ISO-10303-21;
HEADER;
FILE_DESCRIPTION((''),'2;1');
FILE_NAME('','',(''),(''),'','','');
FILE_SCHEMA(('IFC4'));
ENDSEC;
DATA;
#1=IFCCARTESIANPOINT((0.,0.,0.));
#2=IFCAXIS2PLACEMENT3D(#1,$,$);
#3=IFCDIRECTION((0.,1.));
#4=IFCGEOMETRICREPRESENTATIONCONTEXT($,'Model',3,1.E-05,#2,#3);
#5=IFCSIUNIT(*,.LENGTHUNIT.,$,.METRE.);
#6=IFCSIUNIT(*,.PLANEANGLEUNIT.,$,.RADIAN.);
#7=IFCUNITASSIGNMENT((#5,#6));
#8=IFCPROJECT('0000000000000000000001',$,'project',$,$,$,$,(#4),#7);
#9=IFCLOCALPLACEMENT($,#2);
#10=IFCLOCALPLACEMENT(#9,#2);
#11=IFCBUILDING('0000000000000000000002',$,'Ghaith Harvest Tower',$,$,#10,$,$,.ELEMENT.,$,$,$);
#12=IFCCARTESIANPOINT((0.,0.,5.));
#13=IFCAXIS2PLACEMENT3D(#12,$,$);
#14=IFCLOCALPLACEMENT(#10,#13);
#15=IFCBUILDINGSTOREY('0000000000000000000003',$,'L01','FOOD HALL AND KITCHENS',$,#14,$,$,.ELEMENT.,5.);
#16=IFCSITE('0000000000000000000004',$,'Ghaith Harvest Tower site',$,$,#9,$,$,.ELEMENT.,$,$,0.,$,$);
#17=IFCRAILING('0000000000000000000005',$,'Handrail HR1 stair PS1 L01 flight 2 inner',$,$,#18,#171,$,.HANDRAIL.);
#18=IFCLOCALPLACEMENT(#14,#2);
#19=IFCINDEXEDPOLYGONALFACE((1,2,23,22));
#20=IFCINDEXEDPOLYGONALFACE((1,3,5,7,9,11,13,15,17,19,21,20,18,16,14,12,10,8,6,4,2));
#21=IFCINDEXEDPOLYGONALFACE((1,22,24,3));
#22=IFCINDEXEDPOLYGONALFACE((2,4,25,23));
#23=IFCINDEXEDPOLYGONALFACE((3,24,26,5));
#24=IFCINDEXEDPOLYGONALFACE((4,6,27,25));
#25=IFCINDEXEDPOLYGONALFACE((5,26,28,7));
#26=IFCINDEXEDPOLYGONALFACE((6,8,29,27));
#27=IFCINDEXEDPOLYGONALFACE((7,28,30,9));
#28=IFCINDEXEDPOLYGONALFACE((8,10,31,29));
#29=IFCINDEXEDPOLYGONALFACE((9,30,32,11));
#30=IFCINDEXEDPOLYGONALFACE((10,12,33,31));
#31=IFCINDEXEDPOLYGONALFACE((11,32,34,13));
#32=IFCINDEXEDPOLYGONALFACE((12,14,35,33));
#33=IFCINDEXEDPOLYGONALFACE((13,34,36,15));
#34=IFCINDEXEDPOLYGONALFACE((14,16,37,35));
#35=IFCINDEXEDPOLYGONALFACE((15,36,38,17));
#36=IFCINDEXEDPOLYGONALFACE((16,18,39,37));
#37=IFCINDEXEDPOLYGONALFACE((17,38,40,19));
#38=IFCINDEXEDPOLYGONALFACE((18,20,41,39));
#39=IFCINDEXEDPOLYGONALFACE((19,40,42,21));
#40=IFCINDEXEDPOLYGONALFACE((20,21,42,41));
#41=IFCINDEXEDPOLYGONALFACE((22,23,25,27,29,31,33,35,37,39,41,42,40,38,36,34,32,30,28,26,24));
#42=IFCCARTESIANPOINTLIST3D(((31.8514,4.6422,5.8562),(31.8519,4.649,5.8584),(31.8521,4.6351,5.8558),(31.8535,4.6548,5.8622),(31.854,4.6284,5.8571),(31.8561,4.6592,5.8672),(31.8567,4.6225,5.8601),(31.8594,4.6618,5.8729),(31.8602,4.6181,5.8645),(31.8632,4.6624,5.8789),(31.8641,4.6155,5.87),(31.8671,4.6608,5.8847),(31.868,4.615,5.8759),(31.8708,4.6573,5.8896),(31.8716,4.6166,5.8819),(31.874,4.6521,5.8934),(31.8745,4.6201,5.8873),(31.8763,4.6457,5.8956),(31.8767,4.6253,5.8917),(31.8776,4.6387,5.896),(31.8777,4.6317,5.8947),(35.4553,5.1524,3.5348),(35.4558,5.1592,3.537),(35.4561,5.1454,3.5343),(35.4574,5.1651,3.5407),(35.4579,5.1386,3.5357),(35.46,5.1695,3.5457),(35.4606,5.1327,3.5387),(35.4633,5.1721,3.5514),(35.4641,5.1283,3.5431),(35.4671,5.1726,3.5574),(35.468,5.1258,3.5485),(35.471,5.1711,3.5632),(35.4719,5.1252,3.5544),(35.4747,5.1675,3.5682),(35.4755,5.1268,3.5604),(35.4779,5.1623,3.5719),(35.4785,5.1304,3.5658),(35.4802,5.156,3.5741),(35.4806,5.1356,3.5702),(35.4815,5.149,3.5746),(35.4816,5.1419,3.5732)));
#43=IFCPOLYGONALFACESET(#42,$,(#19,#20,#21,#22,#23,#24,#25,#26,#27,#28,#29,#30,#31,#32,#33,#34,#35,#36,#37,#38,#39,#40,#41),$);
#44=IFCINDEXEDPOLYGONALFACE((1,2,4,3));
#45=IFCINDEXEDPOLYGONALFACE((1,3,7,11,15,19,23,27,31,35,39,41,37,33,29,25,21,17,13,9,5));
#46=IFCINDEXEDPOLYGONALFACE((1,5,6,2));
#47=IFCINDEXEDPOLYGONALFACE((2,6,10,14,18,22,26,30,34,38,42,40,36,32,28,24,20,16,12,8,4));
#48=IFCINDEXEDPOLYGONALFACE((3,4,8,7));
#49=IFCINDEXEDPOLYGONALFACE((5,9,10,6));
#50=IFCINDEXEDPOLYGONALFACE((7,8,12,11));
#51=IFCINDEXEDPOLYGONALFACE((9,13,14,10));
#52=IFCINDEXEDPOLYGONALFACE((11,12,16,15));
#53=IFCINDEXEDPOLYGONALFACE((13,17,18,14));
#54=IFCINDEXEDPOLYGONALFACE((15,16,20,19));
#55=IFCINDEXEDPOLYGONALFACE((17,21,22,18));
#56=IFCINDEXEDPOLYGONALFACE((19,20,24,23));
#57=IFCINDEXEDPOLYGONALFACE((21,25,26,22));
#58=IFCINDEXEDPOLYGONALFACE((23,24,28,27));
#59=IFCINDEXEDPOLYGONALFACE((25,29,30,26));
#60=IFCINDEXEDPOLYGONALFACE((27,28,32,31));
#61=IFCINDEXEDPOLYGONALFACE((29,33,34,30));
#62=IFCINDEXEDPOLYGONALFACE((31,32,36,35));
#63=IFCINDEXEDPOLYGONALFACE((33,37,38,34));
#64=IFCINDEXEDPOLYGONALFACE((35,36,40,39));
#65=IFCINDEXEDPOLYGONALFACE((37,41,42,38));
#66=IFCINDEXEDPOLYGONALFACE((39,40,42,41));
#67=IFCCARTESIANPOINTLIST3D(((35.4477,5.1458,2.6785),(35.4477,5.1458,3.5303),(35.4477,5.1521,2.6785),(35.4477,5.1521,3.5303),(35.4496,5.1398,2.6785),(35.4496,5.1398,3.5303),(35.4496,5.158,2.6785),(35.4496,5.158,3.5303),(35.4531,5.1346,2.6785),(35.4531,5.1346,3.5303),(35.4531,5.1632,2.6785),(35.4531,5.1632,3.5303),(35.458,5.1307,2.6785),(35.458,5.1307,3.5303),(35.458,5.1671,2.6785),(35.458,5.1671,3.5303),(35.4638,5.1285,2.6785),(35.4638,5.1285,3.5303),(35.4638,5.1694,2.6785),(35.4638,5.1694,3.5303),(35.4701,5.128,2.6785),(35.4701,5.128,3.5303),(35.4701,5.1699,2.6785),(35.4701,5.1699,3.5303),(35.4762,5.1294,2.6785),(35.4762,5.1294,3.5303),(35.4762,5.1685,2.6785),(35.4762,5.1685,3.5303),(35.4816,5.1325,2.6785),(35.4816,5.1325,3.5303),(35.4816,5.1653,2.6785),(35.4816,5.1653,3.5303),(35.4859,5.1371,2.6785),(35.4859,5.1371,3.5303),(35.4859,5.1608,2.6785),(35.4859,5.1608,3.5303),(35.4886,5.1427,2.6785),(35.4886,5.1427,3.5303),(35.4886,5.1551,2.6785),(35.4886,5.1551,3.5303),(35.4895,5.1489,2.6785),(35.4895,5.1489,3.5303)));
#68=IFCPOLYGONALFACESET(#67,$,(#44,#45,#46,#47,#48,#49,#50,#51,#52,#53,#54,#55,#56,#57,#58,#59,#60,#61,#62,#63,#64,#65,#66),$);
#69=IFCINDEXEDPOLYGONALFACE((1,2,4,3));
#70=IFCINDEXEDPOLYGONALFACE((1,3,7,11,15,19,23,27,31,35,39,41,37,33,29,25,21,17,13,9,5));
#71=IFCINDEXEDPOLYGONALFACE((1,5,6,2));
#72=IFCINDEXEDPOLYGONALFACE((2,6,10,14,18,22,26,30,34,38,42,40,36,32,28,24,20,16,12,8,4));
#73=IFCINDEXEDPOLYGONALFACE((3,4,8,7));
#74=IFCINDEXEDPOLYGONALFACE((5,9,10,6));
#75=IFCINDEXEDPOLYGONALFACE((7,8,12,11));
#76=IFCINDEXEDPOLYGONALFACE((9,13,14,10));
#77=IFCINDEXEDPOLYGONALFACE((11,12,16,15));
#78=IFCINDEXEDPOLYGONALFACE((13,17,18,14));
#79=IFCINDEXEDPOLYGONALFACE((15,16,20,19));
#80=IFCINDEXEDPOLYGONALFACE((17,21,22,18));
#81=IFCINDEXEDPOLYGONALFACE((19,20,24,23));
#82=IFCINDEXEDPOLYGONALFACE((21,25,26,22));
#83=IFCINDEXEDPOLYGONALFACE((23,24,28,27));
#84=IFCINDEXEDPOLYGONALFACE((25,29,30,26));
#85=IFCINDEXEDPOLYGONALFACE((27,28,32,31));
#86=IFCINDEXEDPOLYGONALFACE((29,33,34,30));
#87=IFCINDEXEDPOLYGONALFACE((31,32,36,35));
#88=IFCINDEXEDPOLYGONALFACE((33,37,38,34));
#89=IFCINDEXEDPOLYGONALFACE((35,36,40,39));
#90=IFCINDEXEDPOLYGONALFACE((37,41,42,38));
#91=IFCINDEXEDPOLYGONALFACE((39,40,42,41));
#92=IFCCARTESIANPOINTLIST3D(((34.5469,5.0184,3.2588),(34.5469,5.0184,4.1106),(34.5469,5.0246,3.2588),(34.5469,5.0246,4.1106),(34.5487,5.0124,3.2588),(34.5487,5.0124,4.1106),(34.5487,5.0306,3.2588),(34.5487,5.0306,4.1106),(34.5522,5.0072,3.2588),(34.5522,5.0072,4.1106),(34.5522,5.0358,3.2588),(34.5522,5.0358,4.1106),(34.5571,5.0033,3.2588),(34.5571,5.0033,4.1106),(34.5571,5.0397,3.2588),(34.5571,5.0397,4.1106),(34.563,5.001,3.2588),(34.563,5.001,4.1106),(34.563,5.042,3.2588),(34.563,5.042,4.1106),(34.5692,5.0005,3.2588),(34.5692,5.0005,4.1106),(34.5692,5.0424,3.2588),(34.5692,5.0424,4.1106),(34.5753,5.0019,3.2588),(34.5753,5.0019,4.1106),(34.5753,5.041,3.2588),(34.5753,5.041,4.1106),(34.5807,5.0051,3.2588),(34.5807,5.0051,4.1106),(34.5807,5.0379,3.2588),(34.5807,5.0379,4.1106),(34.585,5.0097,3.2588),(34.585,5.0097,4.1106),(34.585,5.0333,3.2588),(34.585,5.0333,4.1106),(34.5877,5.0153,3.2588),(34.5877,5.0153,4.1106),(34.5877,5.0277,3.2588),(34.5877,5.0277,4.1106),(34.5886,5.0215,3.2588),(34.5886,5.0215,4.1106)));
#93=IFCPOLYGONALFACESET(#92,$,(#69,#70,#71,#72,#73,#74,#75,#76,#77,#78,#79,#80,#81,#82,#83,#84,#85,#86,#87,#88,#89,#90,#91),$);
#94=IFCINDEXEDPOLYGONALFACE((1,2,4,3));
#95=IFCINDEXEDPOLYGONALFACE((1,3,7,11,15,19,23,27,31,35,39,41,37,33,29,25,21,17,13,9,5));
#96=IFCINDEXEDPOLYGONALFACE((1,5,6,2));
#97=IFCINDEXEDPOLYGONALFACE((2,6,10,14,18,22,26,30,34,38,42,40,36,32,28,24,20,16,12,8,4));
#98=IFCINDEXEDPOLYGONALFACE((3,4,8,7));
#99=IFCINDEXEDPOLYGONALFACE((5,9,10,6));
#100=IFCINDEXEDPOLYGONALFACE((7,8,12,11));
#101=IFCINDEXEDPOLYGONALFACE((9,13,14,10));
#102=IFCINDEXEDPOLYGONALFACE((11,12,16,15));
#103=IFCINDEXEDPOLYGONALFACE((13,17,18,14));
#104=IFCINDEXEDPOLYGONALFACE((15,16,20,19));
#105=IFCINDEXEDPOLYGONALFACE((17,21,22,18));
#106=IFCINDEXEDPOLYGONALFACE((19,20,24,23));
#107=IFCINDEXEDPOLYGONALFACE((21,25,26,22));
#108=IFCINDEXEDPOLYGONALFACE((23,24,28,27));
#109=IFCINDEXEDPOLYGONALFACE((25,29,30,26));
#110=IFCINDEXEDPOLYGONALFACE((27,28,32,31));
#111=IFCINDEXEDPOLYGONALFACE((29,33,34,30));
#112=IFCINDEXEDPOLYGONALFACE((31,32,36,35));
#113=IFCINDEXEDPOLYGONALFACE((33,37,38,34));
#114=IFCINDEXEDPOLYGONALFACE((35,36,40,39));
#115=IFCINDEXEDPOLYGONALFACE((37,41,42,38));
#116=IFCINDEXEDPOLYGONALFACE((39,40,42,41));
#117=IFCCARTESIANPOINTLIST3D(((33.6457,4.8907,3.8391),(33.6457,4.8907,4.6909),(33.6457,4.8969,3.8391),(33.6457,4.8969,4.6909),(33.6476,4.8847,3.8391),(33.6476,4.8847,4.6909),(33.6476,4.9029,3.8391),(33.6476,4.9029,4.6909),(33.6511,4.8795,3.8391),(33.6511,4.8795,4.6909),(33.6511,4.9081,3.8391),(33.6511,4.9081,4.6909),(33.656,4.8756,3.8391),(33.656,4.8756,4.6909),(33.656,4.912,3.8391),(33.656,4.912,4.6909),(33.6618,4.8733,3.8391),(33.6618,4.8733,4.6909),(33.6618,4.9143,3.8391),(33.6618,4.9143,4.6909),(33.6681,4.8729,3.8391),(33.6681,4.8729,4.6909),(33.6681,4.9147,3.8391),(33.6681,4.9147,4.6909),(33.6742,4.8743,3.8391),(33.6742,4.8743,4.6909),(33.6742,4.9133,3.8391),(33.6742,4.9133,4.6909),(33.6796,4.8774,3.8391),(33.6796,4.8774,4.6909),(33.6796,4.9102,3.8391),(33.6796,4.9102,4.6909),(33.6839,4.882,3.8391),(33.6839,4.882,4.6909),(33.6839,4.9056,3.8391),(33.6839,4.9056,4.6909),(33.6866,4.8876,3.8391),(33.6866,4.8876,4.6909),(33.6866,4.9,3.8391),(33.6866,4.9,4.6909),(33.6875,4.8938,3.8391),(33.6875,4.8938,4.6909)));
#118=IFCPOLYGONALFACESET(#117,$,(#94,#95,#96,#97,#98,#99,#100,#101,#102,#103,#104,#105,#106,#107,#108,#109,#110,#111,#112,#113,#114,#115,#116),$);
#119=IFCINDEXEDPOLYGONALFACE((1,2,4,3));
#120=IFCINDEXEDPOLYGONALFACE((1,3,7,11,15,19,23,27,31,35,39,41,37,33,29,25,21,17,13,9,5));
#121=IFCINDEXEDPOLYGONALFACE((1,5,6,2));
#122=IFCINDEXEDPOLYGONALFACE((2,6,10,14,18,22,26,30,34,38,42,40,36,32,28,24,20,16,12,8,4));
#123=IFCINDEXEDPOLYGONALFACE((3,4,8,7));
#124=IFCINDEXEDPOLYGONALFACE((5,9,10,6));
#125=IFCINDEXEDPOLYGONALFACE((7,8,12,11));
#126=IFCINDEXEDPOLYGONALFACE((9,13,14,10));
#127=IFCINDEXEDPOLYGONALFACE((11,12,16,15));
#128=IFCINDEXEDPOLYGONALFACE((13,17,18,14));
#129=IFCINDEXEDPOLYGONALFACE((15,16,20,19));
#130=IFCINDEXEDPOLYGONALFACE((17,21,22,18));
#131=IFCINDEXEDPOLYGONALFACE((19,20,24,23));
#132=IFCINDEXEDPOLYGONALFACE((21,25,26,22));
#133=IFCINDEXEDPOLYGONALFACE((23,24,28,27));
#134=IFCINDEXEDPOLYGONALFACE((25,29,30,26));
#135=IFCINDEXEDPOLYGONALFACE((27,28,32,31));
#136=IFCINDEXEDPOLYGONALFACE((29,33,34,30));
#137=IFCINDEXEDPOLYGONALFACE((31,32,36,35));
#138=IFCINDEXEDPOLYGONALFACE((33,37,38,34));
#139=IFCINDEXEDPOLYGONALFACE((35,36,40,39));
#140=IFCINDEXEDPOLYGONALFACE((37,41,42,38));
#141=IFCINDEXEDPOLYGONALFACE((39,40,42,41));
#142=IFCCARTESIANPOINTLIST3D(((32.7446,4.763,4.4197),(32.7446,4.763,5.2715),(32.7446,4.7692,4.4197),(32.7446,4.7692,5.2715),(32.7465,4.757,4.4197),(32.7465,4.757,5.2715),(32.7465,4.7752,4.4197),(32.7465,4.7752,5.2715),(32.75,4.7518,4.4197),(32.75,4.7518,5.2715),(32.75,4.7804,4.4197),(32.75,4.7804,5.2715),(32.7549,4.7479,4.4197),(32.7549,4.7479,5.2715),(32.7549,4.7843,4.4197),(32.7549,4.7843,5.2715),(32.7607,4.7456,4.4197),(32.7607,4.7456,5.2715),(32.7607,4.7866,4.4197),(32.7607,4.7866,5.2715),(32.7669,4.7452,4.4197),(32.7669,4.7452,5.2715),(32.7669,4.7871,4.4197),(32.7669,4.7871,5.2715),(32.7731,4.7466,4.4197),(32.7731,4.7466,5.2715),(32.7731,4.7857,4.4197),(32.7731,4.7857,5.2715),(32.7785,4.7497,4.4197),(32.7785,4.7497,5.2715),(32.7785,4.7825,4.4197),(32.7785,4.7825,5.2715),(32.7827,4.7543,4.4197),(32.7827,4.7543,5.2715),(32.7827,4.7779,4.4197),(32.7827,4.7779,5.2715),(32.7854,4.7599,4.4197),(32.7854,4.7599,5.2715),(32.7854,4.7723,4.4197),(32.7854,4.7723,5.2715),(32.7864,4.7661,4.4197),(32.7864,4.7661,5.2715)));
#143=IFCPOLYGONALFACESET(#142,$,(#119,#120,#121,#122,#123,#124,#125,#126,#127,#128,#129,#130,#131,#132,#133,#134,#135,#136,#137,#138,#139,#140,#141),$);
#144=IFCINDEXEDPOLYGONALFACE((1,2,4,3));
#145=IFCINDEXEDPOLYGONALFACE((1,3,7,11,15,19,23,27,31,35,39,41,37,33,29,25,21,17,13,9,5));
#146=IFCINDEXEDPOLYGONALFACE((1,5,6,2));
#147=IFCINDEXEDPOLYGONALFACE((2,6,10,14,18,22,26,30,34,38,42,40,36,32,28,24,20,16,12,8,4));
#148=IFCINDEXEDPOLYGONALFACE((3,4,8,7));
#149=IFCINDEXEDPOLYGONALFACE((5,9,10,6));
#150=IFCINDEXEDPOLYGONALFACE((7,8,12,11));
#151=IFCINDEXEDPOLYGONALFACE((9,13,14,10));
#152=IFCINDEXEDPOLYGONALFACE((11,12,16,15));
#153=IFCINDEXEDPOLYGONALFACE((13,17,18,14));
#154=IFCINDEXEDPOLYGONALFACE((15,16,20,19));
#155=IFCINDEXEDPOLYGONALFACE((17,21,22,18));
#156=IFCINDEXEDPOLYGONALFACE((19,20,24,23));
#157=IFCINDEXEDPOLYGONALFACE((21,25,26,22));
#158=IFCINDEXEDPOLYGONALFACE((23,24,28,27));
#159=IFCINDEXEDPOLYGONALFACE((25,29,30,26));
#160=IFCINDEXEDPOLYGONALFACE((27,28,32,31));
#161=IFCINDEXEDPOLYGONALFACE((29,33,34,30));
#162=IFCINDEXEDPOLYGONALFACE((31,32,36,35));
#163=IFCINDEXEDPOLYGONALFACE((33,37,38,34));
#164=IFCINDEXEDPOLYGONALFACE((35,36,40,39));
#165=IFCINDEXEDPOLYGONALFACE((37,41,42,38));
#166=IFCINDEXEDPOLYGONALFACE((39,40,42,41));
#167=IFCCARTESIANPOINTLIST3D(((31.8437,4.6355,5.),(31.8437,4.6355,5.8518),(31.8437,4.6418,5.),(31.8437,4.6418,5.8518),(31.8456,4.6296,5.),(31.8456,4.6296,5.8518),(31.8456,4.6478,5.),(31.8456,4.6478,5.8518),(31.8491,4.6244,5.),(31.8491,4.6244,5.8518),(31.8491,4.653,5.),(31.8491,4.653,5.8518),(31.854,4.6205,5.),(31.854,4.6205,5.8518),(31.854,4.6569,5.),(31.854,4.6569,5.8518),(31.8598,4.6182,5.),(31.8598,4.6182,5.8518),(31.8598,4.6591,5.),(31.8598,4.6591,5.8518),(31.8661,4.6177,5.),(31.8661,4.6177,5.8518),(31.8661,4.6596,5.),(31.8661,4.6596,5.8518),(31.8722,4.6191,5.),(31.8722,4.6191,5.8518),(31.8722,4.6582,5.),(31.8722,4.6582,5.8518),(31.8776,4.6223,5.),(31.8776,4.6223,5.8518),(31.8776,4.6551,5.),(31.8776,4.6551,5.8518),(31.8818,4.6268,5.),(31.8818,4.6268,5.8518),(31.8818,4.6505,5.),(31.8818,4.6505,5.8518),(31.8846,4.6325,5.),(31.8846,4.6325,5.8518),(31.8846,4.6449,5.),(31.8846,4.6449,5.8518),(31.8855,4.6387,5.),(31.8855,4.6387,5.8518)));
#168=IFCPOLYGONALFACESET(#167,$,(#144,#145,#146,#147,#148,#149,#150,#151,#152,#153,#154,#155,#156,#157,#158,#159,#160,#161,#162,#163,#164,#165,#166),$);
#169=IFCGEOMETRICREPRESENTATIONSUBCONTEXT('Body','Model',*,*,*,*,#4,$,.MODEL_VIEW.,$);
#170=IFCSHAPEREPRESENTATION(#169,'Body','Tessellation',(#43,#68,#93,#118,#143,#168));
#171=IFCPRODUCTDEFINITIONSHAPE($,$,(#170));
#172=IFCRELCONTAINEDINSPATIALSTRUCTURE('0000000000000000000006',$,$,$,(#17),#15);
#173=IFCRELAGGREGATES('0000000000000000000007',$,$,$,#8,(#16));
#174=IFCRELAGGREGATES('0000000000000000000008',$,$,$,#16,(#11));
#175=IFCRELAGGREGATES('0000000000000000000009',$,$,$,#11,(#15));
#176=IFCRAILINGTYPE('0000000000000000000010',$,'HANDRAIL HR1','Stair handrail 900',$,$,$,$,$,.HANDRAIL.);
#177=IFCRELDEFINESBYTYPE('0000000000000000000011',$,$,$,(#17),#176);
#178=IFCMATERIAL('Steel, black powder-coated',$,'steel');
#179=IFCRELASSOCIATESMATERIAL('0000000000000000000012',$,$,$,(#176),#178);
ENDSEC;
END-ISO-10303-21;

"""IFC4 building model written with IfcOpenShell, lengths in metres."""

from ifc_helpers import new_model, si_unit, direction, frame, origin, origin_2d, place, context, subcontext, project, spatial, circle, extrude, material, type_object, element, save


model = new_model("IFC4")

# Units and contexts
model_context = context("Model", 3, precision=1e-05, world=origin(), true_north=direction((0.0, 1.0)))
body_context = subcontext(model_context, "Body", "Model", "MODEL_VIEW")
ifc_project = project(units=[si_unit("LENGTHUNIT", "METRE"), si_unit("PLANEANGLEUNIT", "RADIAN")], contexts=[model_context])

# Site, building, storey
site_placement = place(None, origin())
site = spatial("IfcSite", under=ifc_project, at=site_placement, Name="Ghaith Harvest Tower site", CompositionType="ELEMENT", RefElevation=0.0)
building_placement = place(site_placement, origin())
building = spatial("IfcBuilding", under=site, at=building_placement, Name="Ghaith Harvest Tower", CompositionType="ELEMENT")
storey_placement = place(building_placement, frame((0.0, 0.0, 5.0)))
storey = spatial("IfcBuildingStorey", under=building, at=storey_placement, Name="L01", Description="FOOD HALL AND KITCHENS", CompositionType="ELEMENT", Elevation=5.0)

# Railing
ifc_material_1 = material(Name="Steel, black powder-coated", Category="steel")
railing_type = type_object("IfcRailingType", Name="HANDRAIL HR1", Description="Stair handrail 900", PredefinedType="HANDRAIL", material=ifc_material_1)
railing_1_placement = place(storey_placement, frame((35.4685, 5.1489, 2.6785)))
element("IfcRailing", 1, at=railing_1_placement, inside=storey, type_object=railing_type, Name="Handrail HR1 stair PS1 L01 flight 2 inner", PredefinedType="HANDRAIL", context=body_context, shape_type="SweptSolid", body=[
    extrude(circle(Radius=0.0239, at=origin_2d()), frame((0.0, 0.0, 0.876), z_axis=(-0.83479, -0.118189, 0.537733), x_axis=(0.140182, -0.990126, 0.0)), (0.0, 0.0, 1.0), 4.3171),
    extrude(circle(Radius=0.021, at=origin_2d()), origin(), (0.0, 0.0, 1.0), 0.8518),
    extrude(circle(Radius=0.021, at=origin_2d()), frame((-0.9009, -0.1274, 0.5803)), (0.0, 0.0, 1.0), 0.8518),
    extrude(circle(Radius=0.021, at=origin_2d()), frame((-1.802, -0.2551, 1.1606)), (0.0, 0.0, 1.0), 0.8518),
    extrude(circle(Radius=0.021, at=origin_2d()), frame((-2.7031, -0.3828, 1.7412)), (0.0, 0.0, 1.0), 0.8518),
    extrude(circle(Radius=0.021, at=origin_2d()), frame((-3.604, -0.5103, 2.3215)), (0.0, 0.0, 1.0), 0.8518),
])

save(model, "model.ifc")
